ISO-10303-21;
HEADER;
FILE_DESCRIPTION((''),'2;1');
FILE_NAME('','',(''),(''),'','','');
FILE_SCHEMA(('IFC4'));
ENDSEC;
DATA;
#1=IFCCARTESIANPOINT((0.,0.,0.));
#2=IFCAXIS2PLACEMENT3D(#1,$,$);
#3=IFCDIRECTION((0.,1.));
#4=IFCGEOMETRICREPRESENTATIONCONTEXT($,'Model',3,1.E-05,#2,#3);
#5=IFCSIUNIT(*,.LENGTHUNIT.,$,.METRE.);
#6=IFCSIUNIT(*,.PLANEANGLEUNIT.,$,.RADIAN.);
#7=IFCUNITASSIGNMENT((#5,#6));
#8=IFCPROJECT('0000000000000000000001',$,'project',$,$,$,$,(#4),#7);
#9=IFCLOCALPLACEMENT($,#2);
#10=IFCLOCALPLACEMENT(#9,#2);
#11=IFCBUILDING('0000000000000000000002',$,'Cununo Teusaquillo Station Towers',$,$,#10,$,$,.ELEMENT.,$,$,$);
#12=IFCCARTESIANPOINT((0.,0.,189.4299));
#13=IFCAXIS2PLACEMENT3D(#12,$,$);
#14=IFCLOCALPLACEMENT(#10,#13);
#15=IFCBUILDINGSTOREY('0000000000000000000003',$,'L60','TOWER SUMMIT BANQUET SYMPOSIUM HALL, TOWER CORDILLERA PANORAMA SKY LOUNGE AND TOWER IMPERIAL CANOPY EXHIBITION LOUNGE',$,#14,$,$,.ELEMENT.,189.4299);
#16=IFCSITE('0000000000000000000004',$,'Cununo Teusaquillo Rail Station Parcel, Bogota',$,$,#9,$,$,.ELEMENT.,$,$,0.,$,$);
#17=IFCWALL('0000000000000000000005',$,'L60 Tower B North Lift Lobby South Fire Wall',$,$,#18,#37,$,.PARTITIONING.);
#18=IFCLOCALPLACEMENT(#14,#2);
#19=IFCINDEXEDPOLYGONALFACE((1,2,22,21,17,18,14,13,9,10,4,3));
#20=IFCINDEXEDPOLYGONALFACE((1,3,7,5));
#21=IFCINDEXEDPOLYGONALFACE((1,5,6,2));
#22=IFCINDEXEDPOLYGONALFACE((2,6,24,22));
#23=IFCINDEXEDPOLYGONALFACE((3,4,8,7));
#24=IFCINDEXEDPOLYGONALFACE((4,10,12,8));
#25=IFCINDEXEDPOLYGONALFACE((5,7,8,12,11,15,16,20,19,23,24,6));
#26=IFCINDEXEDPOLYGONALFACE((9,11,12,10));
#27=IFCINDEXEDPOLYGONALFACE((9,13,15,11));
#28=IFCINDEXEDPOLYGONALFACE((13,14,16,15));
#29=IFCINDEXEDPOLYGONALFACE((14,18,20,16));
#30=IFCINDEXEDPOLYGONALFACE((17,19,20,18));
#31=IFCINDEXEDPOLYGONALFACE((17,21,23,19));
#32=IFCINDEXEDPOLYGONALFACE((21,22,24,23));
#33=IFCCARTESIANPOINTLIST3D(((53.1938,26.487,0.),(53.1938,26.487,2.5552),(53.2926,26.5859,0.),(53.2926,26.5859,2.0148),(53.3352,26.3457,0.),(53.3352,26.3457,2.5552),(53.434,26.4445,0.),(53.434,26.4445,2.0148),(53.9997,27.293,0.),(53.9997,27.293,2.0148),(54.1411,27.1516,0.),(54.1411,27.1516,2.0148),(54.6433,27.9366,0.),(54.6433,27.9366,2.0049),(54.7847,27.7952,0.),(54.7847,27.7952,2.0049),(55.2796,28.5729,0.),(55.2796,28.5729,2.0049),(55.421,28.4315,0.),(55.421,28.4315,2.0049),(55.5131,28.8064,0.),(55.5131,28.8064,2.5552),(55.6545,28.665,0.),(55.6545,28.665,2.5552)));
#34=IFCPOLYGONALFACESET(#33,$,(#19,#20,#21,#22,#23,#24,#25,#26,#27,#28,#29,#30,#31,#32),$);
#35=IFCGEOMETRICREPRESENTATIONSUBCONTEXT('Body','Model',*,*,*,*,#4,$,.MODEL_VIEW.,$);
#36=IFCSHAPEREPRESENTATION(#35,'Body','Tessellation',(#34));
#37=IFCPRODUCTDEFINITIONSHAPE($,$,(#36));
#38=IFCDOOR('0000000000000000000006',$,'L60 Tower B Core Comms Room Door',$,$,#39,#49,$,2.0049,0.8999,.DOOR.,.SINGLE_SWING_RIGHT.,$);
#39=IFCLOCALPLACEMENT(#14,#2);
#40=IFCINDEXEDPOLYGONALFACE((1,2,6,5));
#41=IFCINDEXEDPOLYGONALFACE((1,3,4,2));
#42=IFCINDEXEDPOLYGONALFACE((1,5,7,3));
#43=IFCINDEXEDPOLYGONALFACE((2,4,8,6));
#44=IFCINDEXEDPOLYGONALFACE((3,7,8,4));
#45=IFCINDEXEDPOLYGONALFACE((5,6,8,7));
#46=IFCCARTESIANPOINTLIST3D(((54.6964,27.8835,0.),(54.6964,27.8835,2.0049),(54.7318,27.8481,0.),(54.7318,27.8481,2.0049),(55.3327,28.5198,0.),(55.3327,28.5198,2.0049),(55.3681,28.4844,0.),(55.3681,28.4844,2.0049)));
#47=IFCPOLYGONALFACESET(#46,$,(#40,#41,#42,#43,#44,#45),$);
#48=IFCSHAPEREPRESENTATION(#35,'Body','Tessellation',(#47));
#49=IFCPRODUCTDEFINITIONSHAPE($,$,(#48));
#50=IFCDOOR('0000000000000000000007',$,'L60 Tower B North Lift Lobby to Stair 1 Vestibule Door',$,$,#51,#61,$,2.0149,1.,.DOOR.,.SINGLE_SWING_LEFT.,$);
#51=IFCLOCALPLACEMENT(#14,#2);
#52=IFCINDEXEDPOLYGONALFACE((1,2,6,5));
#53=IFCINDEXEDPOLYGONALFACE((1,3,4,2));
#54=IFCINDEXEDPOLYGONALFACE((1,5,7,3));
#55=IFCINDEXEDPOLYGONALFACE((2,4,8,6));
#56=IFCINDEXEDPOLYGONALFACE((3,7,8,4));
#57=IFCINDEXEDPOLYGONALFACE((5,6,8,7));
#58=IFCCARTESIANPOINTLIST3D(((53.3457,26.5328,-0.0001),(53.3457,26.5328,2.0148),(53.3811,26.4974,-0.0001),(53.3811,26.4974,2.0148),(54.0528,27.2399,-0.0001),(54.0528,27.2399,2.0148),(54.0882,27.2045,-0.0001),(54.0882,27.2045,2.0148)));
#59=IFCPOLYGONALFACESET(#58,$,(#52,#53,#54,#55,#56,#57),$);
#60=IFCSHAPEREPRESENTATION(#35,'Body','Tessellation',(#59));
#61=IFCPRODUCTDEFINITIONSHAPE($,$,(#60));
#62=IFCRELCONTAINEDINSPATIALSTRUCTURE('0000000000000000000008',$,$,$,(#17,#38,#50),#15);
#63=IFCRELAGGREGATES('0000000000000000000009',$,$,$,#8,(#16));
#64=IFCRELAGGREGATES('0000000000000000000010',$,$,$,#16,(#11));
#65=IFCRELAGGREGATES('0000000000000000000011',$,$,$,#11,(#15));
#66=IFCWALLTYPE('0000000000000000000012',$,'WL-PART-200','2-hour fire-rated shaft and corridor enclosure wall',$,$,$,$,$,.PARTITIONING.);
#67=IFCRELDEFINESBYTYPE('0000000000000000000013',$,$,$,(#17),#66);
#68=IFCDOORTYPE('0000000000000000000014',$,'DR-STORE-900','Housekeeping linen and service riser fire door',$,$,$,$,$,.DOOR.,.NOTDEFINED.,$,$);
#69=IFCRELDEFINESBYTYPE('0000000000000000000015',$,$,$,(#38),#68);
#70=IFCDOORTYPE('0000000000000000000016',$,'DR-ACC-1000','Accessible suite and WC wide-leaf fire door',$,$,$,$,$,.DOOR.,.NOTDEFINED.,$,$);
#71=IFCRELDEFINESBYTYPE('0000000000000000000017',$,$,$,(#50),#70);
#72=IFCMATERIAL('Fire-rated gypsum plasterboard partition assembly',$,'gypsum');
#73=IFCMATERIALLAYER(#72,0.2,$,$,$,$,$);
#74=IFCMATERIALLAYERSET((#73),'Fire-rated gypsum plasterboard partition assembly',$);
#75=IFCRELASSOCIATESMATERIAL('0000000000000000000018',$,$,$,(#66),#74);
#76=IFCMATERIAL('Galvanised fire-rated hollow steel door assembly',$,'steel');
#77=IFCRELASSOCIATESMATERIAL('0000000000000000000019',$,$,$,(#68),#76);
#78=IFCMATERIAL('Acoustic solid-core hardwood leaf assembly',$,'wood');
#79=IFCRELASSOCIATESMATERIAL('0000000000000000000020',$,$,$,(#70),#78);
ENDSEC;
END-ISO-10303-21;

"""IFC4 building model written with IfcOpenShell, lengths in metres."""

from ifc_helpers import new_model, si_unit, direction, frame, frame_2d, origin, place, context, subcontext, project, spatial, rectangle, extrude, source, transform, mapped, material, layer, layer_set, type_object, element, fill, save


model = new_model("IFC4")

# Units and contexts
model_context = context("Model", 3, precision=1e-05, world=origin(), true_north=direction((0.0, 1.0)))
body_context = subcontext(model_context, "Body", "Model", "MODEL_VIEW")
ifc_project = project(units=[si_unit("LENGTHUNIT", "METRE"), si_unit("PLANEANGLEUNIT", "RADIAN")], contexts=[model_context])

# Site, building, storey
site_placement = place(None, origin())
site = spatial("IfcSite", under=ifc_project, at=site_placement, Name="Cununo Teusaquillo Rail Station Parcel, Bogota", CompositionType="ELEMENT", RefElevation=0.0)
building_placement = place(site_placement, origin())
building = spatial("IfcBuilding", under=site, at=building_placement, Name="Cununo Teusaquillo Station Towers", CompositionType="ELEMENT")
storey_placement = place(building_placement, frame((0.0, 0.0, 189.4299)))
storey = spatial("IfcBuildingStorey", under=building, at=storey_placement, Name="L60", Description="TOWER SUMMIT BANQUET SYMPOSIUM HALL, TOWER CORDILLERA PANORAMA SKY LOUNGE AND TOWER IMPERIAL CANOPY EXHIBITION LOUNGE", CompositionType="ELEMENT", Elevation=189.4299)

# Shared definitions
shared_shape_1 = source(origin(), body_context, "Body", "SweptSolid", [
    extrude(rectangle(XDim=0.8999, YDim=2.0049, at=frame_2d((0.45, 1.0024))), frame((0.0, 0.0249, 0.0), z_axis=(0.0, -1.0, 0.0), x_axis=(1.0, 0.0, 0.0)), (0.0, 0.0, 1.0), 0.05),
])

# Wall, openings, doors
ifc_material_1 = material(Name="Fire-rated gypsum plasterboard partition assembly", Category="gypsum")
ifc_layer_1 = layer(ifc_material_1, 0.2)
ifc_layer_set_1 = layer_set([ifc_layer_1], Name="Fire-rated gypsum plasterboard partition assembly")
wall_type_1 = type_object("IfcWallType", Name="WL-PART-200", Description="2-hour fire-rated shaft and corridor enclosure wall", PredefinedType="PARTITIONING", material=ifc_layer_set_1)
wall_1_placement = place(storey_placement, frame((53.2644, 26.4163, 0.0), z_axis=(0.0, 0.0, 1.0), x_axis=(0.707107, 0.707107, 0.0)))
wall_1 = element("IfcWall", 1, at=wall_1_placement, inside=storey, type_object=wall_type_1, Name="L60 Tower B North Lift Lobby South Fire Wall", PredefinedType="PARTITIONING", context=body_context, shape_type="SweptSolid", body=[
    extrude(rectangle(XDim=3.28, YDim=0.2, at=frame_2d((1.6401, 0.0))), origin(), (0.0, 0.0, 1.0), 2.5552),
])
shared_shape_2 = source(origin(), body_context, "Body", "SweptSolid", [
    extrude(rectangle(XDim=1.0, YDim=2.0149, at=frame_2d((0.5, 1.0073))), frame((0.0, 0.1099, 0.0), z_axis=(0.0, -1.0, 0.0), x_axis=(1.0, 0.0, 0.0)), (0.0, 0.0, 1.0), 0.22),
])
opening_1_placement = place(wall_1_placement, frame((0.1399, 0.0, 0.0)))
opening_1 = element("IfcOpeningElement", 2, at=opening_1_placement, cuts=wall_1, PredefinedType="OPENING", context=body_context, shape_type="MappedRepresentation", body=[
    mapped(shared_shape_2, transform((0.0, 0.0, 0.0), x_axis=(1.0, 0.0, 0.0), y_axis=(0.0, 1.0, 0.0), z_axis=(0.0, 0.0, 1.0), scale=1.0)),
])
shared_shape_3 = source(origin(), body_context, "Body", "SweptSolid", [
    extrude(rectangle(XDim=0.8999, YDim=2.0049, at=frame_2d((0.45, 1.0024))), frame((0.0, 0.1099, 0.0), z_axis=(0.0, -1.0, 0.0), x_axis=(1.0, 0.0, 0.0)), (0.0, 0.0, 1.0), 0.22),
])
opening_2_placement = place(wall_1_placement, frame((2.05, 0.0, 0.0)))
opening_2 = element("IfcOpeningElement", 3, at=opening_2_placement, cuts=wall_1, PredefinedType="OPENING", context=body_context, shape_type="MappedRepresentation", body=[
    mapped(shared_shape_3, transform((0.0, 0.0, 0.0), x_axis=(1.0, 0.0, 0.0), y_axis=(0.0, 1.0, 0.0), z_axis=(0.0, 0.0, 1.0), scale=1.0)),
])
ifc_material_2 = material(Name="Galvanised fire-rated hollow steel door assembly", Category="steel")
door_type_1 = type_object("IfcDoorType", Name="DR-STORE-900", Description="Housekeeping linen and service riser fire door", OperationType="NOTDEFINED", PredefinedType="DOOR", material=ifc_material_2)
door_1_placement = place(opening_2_placement, origin())
door_1 = element("IfcDoor", 4, at=door_1_placement, inside=storey, type_object=door_type_1, Name="L60 Tower B Core Comms Room Door", OperationType="SINGLE_SWING_RIGHT", OverallHeight=2.0049, OverallWidth=0.8999, PredefinedType="DOOR", context=body_context, shape_type="MappedRepresentation", body=[
    mapped(shared_shape_1, transform((0.0, 0.0, 0.0), x_axis=(1.0, 0.0, 0.0), y_axis=(0.0, 1.0, 0.0), z_axis=(0.0, 0.0, 1.0), scale=1.0)),
])
fill(opening_2, door_1)
ifc_material_3 = material(Name="Acoustic solid-core hardwood leaf assembly", Category="wood")
door_type_2 = type_object("IfcDoorType", Name="DR-ACC-1000", Description="Accessible suite and WC wide-leaf fire door", OperationType="NOTDEFINED", PredefinedType="DOOR", material=ifc_material_3)
shared_shape_4 = source(origin(), body_context, "Body", "SweptSolid", [
    extrude(rectangle(XDim=1.0, YDim=2.0149, at=frame_2d((0.5, 1.0073))), frame((0.0, 0.0249, 0.0), z_axis=(0.0, -1.0, 0.0), x_axis=(1.0, 0.0, 0.0)), (0.0, 0.0, 1.0), 0.05),
])
door_2_placement = place(opening_1_placement, origin())
door_2 = element("IfcDoor", 5, at=door_2_placement, inside=storey, type_object=door_type_2, Name="L60 Tower B North Lift Lobby to Stair 1 Vestibule Door", OperationType="SINGLE_SWING_LEFT", OverallHeight=2.0149, OverallWidth=1.0, PredefinedType="DOOR", context=body_context, shape_type="MappedRepresentation", body=[
    mapped(shared_shape_4, transform((0.0, 0.0, 0.0), x_axis=(1.0, 0.0, 0.0), y_axis=(0.0, 1.0, 0.0), z_axis=(0.0, 0.0, 1.0), scale=1.0)),
])
fill(opening_1, door_2)

save(model, "model.ifc")
